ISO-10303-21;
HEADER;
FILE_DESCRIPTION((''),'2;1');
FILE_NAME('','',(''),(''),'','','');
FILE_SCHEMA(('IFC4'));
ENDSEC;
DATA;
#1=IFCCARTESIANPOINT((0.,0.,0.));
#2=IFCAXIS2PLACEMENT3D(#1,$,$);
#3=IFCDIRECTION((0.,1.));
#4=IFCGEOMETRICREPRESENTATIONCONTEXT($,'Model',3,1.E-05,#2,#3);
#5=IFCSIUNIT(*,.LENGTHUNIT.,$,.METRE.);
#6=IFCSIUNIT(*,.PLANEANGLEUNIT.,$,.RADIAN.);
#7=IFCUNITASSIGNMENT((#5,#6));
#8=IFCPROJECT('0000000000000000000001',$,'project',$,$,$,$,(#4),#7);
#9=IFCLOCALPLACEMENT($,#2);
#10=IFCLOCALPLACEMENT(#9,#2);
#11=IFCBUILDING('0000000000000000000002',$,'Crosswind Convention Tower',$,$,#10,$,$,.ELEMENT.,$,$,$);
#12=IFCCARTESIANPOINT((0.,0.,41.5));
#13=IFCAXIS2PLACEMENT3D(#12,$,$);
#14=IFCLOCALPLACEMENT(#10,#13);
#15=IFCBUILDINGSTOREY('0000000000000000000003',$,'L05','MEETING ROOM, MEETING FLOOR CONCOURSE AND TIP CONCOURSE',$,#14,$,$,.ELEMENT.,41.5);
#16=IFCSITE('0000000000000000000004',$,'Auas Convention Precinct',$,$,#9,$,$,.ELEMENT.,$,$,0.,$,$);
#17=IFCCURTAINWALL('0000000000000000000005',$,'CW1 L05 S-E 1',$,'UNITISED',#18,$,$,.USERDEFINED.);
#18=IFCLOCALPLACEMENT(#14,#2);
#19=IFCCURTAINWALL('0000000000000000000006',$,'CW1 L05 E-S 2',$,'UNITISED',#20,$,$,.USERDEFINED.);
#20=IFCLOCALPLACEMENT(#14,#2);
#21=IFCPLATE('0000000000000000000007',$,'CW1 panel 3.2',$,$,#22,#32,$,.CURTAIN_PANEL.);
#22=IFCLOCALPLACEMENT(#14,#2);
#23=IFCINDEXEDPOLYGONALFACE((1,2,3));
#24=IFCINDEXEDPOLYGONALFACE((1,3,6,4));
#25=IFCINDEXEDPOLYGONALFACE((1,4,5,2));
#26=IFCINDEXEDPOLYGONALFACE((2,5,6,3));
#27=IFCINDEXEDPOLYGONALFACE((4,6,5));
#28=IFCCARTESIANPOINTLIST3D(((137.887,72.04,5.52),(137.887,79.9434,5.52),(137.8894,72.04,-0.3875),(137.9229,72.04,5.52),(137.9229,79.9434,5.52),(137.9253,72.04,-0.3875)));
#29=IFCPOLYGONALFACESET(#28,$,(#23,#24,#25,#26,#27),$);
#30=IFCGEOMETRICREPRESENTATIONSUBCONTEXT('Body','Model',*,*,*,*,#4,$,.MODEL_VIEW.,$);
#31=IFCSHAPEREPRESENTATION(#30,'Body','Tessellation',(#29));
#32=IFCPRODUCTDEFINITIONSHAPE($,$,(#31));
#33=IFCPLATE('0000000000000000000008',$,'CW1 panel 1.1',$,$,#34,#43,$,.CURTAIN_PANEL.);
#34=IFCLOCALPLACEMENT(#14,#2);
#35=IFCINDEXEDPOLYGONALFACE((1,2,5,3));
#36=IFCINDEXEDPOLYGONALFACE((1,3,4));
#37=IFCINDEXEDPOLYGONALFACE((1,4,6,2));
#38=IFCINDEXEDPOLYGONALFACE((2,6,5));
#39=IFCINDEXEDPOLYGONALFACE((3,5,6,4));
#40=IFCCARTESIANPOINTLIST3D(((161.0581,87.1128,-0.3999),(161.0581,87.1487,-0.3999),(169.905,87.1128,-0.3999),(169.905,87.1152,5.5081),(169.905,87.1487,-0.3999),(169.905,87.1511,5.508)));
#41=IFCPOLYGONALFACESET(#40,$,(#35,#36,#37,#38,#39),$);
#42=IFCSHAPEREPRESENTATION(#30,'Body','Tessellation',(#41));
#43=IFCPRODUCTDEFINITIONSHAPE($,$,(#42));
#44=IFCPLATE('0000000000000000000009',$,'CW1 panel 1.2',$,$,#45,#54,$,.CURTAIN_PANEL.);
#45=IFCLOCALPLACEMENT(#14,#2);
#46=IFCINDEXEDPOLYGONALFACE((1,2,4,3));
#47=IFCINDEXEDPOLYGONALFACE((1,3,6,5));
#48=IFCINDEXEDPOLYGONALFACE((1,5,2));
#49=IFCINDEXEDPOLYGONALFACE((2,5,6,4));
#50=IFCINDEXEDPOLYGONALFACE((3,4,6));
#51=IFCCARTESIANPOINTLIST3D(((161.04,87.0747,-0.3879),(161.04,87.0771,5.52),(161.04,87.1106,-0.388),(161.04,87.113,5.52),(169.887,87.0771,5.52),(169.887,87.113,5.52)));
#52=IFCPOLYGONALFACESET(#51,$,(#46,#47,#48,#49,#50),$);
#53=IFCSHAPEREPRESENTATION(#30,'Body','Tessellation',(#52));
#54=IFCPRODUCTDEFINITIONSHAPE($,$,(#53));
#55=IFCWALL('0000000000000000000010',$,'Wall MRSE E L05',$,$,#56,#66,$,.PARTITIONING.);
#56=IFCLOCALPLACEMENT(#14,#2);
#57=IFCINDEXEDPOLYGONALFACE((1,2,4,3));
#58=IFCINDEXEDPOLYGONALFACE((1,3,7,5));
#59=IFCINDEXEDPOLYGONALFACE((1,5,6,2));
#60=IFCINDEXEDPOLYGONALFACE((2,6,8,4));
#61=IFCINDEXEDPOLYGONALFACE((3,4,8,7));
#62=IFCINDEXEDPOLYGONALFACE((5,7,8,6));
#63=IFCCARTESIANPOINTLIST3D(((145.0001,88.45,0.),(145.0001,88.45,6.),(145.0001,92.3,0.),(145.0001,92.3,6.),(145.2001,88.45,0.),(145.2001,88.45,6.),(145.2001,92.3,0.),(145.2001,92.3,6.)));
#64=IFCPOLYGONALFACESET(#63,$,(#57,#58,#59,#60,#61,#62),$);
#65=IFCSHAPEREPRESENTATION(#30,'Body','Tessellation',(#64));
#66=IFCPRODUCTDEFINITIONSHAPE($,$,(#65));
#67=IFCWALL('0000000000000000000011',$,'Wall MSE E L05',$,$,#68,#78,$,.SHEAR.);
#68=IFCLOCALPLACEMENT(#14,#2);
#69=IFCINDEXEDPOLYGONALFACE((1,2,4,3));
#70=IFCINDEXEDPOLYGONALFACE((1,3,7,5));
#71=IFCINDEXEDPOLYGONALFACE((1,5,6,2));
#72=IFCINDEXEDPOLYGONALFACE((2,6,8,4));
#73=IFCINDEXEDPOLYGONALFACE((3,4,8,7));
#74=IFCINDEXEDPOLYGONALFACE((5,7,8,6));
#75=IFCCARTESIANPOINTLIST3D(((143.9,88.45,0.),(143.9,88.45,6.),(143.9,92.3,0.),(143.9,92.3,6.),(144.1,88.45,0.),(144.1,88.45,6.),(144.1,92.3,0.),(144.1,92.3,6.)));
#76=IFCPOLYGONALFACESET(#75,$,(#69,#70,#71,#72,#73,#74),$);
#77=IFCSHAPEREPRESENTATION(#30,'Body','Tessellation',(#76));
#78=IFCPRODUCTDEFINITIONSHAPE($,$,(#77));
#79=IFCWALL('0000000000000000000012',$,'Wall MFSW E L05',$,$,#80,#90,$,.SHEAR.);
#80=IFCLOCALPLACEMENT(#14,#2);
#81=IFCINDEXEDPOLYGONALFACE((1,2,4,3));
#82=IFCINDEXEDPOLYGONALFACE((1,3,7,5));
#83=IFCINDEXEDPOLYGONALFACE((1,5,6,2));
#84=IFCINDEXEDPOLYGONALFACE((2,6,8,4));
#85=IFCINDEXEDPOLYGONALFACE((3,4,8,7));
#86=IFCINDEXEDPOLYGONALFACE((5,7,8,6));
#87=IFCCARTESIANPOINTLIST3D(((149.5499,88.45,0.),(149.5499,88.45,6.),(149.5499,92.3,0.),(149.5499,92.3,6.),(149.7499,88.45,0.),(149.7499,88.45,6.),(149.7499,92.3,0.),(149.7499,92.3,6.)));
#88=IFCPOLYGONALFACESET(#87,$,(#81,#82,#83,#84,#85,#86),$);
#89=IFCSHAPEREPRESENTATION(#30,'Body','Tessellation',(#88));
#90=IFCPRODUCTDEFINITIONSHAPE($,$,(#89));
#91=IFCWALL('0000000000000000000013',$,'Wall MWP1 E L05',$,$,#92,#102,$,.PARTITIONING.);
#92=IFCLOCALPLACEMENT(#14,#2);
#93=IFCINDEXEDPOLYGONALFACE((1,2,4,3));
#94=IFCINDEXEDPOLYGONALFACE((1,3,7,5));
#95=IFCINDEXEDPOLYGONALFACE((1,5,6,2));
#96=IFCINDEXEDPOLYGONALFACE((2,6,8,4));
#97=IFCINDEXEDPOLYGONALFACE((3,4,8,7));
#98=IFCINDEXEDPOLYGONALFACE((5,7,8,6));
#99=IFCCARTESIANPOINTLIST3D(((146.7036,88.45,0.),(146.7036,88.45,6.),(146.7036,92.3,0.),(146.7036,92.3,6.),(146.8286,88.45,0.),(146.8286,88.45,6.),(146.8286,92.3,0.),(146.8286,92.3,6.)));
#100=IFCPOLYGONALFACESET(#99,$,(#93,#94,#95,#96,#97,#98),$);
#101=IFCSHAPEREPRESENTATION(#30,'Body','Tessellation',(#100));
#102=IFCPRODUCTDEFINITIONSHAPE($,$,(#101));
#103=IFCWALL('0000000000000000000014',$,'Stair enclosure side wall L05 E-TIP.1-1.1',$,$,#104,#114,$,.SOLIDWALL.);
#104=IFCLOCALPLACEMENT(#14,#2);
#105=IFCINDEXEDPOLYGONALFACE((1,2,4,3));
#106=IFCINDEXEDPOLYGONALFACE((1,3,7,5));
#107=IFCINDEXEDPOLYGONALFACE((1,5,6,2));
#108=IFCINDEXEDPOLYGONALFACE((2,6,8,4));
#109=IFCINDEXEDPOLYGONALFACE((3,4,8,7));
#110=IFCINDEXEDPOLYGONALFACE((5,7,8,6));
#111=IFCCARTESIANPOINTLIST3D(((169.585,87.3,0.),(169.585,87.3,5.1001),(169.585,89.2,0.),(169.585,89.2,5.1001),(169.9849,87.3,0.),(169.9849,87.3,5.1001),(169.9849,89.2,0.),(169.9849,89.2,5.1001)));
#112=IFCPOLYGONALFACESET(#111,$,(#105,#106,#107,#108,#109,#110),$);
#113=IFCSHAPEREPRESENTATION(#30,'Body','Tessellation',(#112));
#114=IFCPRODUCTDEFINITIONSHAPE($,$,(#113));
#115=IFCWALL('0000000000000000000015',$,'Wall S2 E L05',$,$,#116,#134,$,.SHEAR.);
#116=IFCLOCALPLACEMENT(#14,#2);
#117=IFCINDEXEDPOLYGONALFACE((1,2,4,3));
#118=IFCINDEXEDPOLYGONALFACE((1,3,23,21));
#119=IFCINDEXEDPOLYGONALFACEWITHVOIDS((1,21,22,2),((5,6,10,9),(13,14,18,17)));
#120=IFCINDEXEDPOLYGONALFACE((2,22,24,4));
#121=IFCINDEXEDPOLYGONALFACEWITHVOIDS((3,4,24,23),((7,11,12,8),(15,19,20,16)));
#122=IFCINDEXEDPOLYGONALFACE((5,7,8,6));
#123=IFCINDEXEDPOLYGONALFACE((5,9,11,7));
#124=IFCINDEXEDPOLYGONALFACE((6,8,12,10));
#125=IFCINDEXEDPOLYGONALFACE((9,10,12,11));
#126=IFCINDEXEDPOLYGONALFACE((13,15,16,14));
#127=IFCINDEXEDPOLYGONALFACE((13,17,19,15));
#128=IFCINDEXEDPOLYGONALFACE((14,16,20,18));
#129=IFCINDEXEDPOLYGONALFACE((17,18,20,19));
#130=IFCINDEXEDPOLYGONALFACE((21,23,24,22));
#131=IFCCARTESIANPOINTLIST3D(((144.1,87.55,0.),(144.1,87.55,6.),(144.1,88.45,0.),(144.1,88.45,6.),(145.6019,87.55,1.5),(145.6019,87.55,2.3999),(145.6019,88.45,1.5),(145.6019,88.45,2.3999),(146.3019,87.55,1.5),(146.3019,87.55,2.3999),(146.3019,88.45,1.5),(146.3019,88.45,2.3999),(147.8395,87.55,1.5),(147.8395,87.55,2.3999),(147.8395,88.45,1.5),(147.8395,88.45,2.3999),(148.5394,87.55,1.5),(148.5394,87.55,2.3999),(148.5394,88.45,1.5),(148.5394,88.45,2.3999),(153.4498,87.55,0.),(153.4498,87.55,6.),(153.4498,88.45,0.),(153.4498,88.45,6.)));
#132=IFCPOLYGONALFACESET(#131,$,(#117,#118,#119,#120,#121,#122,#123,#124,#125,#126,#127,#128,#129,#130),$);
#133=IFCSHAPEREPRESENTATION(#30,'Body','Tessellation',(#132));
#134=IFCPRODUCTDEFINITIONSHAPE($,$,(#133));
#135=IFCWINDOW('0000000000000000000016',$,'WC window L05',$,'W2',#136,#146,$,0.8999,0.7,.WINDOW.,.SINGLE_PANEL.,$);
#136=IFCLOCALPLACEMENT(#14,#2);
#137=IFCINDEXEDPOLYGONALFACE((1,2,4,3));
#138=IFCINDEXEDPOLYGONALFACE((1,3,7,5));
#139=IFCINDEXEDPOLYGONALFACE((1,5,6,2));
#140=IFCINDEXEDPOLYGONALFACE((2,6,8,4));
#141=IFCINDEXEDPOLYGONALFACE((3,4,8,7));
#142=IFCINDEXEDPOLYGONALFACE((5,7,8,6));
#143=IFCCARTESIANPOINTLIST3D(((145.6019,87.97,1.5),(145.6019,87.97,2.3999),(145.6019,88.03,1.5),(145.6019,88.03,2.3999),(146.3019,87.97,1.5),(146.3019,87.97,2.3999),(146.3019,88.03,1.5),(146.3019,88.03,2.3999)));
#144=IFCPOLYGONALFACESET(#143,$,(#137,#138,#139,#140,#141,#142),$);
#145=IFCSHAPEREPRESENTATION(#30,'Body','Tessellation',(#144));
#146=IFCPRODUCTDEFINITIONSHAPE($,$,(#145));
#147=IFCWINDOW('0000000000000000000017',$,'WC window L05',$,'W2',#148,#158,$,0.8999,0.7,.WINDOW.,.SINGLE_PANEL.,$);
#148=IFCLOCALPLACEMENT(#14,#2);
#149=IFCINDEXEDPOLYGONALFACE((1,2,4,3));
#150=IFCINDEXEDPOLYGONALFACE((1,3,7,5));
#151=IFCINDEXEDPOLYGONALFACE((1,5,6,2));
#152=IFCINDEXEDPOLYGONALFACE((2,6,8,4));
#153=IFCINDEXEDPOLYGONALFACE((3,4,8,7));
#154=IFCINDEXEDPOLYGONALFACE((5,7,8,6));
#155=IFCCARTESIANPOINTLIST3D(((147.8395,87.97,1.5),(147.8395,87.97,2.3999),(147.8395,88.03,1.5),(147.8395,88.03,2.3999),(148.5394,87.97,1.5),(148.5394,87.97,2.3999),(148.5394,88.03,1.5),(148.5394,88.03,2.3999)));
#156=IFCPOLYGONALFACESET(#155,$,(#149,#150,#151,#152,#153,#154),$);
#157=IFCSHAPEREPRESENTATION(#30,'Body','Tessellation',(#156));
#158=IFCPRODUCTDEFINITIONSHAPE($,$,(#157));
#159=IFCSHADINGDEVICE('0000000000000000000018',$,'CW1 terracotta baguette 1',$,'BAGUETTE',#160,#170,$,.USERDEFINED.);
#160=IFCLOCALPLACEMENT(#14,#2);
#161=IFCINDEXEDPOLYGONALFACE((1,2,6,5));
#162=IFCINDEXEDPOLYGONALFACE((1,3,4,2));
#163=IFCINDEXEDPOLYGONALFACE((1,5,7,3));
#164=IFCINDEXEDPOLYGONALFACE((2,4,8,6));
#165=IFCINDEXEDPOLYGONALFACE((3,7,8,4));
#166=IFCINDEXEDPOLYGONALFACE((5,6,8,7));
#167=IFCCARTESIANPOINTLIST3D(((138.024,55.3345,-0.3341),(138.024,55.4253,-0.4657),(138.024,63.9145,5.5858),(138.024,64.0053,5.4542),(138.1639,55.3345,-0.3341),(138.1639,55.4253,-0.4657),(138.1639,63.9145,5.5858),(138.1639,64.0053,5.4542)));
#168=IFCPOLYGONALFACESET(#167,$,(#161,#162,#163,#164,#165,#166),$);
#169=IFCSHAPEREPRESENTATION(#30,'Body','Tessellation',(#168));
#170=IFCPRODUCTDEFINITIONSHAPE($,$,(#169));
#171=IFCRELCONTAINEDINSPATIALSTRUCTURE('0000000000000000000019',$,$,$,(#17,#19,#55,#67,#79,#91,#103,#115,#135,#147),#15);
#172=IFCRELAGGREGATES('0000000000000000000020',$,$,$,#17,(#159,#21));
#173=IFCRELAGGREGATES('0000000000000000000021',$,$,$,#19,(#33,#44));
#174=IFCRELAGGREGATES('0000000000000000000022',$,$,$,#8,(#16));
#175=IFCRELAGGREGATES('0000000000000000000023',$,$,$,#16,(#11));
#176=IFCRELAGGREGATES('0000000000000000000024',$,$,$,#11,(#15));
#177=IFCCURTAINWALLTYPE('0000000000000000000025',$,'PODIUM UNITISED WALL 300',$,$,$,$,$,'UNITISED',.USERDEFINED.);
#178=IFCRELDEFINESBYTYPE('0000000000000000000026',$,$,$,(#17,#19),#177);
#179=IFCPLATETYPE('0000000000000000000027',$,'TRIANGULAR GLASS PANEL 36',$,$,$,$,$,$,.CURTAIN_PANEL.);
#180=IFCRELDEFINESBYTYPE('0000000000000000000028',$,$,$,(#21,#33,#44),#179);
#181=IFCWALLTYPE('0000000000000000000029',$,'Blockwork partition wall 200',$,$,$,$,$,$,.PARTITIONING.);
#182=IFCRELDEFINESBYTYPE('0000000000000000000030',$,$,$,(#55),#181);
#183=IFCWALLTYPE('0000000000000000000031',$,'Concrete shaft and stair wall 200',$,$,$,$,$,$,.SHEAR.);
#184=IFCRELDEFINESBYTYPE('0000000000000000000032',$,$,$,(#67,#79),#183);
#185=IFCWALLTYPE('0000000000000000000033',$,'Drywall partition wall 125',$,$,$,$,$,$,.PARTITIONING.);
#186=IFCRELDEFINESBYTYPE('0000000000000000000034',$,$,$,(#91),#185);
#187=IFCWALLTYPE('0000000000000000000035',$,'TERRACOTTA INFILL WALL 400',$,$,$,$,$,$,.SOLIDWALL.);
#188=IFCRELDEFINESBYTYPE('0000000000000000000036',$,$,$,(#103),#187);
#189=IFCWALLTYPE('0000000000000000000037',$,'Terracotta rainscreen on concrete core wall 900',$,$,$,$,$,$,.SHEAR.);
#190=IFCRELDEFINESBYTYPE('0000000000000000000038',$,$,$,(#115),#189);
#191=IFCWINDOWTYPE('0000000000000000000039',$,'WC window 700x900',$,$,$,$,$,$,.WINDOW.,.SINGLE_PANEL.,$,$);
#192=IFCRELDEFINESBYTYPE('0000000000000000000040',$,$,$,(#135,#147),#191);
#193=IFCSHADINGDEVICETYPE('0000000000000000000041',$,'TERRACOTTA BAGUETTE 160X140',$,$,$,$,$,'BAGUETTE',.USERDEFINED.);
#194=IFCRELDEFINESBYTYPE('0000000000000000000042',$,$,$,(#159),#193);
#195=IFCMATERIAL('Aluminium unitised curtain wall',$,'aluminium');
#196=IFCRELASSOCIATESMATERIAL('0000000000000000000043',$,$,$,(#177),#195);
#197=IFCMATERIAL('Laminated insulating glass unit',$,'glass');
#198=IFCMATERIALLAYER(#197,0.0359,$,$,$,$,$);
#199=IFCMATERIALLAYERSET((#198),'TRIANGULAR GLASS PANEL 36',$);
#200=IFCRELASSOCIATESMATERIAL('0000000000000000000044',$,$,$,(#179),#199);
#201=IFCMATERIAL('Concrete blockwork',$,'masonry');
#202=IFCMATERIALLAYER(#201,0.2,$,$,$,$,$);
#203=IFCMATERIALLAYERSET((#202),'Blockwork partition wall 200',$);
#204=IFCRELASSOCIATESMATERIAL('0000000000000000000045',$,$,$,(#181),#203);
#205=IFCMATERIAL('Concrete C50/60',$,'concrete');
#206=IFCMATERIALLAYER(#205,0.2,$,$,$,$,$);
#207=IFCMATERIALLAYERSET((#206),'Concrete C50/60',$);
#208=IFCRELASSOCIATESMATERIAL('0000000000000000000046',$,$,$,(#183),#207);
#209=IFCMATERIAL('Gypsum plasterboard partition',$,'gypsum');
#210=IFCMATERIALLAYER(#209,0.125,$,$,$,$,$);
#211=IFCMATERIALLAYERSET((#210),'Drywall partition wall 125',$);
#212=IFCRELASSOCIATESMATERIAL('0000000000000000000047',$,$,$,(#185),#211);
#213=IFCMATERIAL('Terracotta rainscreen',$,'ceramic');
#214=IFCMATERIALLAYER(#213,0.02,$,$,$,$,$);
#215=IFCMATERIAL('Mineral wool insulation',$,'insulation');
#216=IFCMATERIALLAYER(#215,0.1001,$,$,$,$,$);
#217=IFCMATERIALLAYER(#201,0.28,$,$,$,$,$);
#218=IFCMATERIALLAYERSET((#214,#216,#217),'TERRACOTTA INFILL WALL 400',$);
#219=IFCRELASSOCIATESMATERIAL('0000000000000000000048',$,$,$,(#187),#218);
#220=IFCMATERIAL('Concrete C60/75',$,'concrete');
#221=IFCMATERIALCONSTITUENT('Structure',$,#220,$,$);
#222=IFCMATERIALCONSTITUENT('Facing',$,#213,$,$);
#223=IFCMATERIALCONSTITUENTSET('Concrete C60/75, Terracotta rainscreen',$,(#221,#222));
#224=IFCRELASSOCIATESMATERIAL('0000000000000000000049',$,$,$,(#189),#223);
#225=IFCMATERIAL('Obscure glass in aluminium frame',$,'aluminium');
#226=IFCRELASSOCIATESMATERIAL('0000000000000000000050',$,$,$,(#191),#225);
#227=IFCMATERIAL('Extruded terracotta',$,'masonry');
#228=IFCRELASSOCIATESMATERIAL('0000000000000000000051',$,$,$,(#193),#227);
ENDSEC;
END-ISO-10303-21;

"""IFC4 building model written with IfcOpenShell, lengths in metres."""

from ifc_helpers import new_model, si_unit, direction, frame, frame_2d, origin, origin_2d, place, context, subcontext, project, spatial, polyline, rectangle, outline, extrude, material, layer, layer_set, constituent, constituent_set, material_profile, profile_set, type_object, element, fill, aggregate, save


model = new_model("IFC4")

# Units and contexts
model_context = context("Model", 3, precision=1e-05, world=origin(), true_north=direction((0.0, 1.0)))
body_context = subcontext(model_context, "Body", "Model", "MODEL_VIEW")
ifc_project = project(units=[si_unit("LENGTHUNIT", "METRE"), si_unit("PLANEANGLEUNIT", "RADIAN")], contexts=[model_context])

# Site, building, storey
site_placement = place(None, origin())
site = spatial("IfcSite", under=ifc_project, at=site_placement, Name="Auas Convention Precinct", CompositionType="ELEMENT", RefElevation=0.0)
building_placement = place(site_placement, origin())
building = spatial("IfcBuilding", under=site, at=building_placement, Name="Crosswind Convention Tower", CompositionType="ELEMENT")
storey_placement = place(building_placement, frame((0.0, 0.0, 41.5)))
storey = spatial("IfcBuildingStorey", under=building, at=storey_placement, Name="L05", Description="MEETING ROOM, MEETING FLOOR CONCOURSE AND TIP CONCOURSE", CompositionType="ELEMENT", Elevation=41.5)

# Shared definitions
ifc_material_1 = material(Name="Concrete C60/75", Category="concrete")

# Curtain walls
ifc_material_2 = material(Name="Aluminium unitised curtain wall", Category="aluminium")
curtain_wall_type_1 = type_object("IfcCurtainWallType", Name="PODIUM UNITISED WALL 300", ElementType="UNITISED", PredefinedType="USERDEFINED", material=ifc_material_2)
curtain_wall_1_placement = place(storey_placement, origin())
curtain_wall_1 = element("IfcCurtainWall", 1, at=curtain_wall_1_placement, inside=storey, type_object=curtain_wall_type_1, Name="CW1 L05 S-E 1", ObjectType="UNITISED", PredefinedType="USERDEFINED")
curtain_wall_2_placement = place(storey_placement, origin())
curtain_wall_2 = element("IfcCurtainWall", 2, at=curtain_wall_2_placement, inside=storey, type_object=curtain_wall_type_1, Name="CW1 L05 E-S 2", ObjectType="UNITISED", PredefinedType="USERDEFINED")

# Plates
ifc_material_3 = material(Name="Laminated insulating glass unit", Category="glass")
ifc_layer_1 = layer(ifc_material_3, 0.0359)
ifc_layer_set_1 = layer_set([ifc_layer_1], Name="TRIANGULAR GLASS PANEL 36")
plate_type_1 = type_object("IfcPlateType", Name="TRIANGULAR GLASS PANEL 36", PredefinedType="CURTAIN_PANEL", material=ifc_layer_set_1)
plate_1_placement = place(storey_placement, frame((137.9229, 72.04, 5.52), z_axis=(1.0, 0.0, 0.000413), x_axis=(0.000413, 0.0, -1.0)))
plate_1 = element("IfcPlate", 3, at=plate_1_placement, type_object=plate_type_1, Name="CW1 panel 3.2", PredefinedType="CURTAIN_PANEL", context=body_context, shape_type="SweptSolid", body=[
    extrude(outline(polyline([(0.0, 0.0), (5.9075, 0.0), (0.0, 7.9033), (0.0, 0.0)])), origin(), (0.0, 0.0, -1.0), 0.0359),
])
plate_2_placement = place(storey_placement, frame((169.905, 87.1128, -0.3999), z_axis=(0.0, -1.0, 0.000413), x_axis=(0.0, 0.000413, 1.0)))
plate_2 = element("IfcPlate", 4, at=plate_2_placement, type_object=plate_type_1, Name="CW1 panel 1.1", PredefinedType="CURTAIN_PANEL", context=body_context, shape_type="SweptSolid", body=[
    extrude(outline(polyline([(0.0, 0.0), (5.908, 0.0), (0.0, 8.8469), (0.0, 0.0)])), origin(), (0.0, 0.0, -1.0), 0.0359),
])
plate_3_placement = place(storey_placement, frame((161.04, 87.0771, 5.52), z_axis=(0.0, -1.0, 0.000413), x_axis=(0.0, -0.000413, -1.0)))
plate_3 = element("IfcPlate", 5, at=plate_3_placement, type_object=plate_type_1, Name="CW1 panel 1.2", PredefinedType="CURTAIN_PANEL", context=body_context, shape_type="SweptSolid", body=[
    extrude(outline(polyline([(0.0, 0.0), (5.908, 0.0), (0.0, 8.8469), (0.0, 0.0)])), origin(), (0.0, 0.0, -1.0), 0.0359),
])

# Walls
ifc_material_4 = material(Name="Concrete blockwork", Category="masonry")
ifc_layer_2 = layer(ifc_material_4, 0.2)
ifc_layer_set_2 = layer_set([ifc_layer_2], Name="Blockwork partition wall 200")
wall_type_1 = type_object("IfcWallType", Name="Blockwork partition wall 200", PredefinedType="PARTITIONING", material=ifc_layer_set_2)
wall_1_placement = place(storey_placement, frame((145.1001, 88.45, 0.0), z_axis=(0.0, 0.0, 1.0), x_axis=(0.0, 1.0, 0.0)))
element("IfcWall", 6, at=wall_1_placement, inside=storey, type_object=wall_type_1, Name="Wall MRSE E L05", PredefinedType="PARTITIONING", context=body_context, shape_type="SweptSolid", body=[
    extrude(rectangle(XDim=3.8501, YDim=0.2, at=frame_2d((1.925, 0.0))), origin(), (0.0, 0.0, 1.0), 6.0),
])
ifc_material_5 = material(Name="Concrete C50/60", Category="concrete")
ifc_layer_3 = layer(ifc_material_5, 0.2)
ifc_layer_set_3 = layer_set([ifc_layer_3], Name="Concrete C50/60")
wall_type_2 = type_object("IfcWallType", Name="Concrete shaft and stair wall 200", PredefinedType="SHEAR", material=ifc_layer_set_3)
for number, where, z_axis, x_axis, name in (
    (7, (144.0, 88.45, 0.0), (0.0, 0.0, 1.0), (0.0, 1.0, 0.0), "Wall MSE E L05"),
    (8, (149.6499, 88.45, 0.0), (0.0, 0.0, 1.0), (0.0, 1.0, 0.0), "Wall MFSW E L05"),
):
    element("IfcWall", number, at=place(storey_placement, frame(where, z_axis=z_axis, x_axis=x_axis)), inside=storey, type_object=wall_type_2, Name=name, PredefinedType="SHEAR", context=body_context, shape_type="SweptSolid", body=[
        extrude(rectangle(XDim=3.8501, YDim=0.2, at=frame_2d((1.925, 0.0))), origin(), (0.0, 0.0, 1.0), 6.0),
    ])
ifc_material_6 = material(Name="Gypsum plasterboard partition", Category="gypsum")
ifc_layer_4 = layer(ifc_material_6, 0.125)
ifc_layer_set_4 = layer_set([ifc_layer_4], Name="Drywall partition wall 125")
wall_type_3 = type_object("IfcWallType", Name="Drywall partition wall 125", PredefinedType="PARTITIONING", material=ifc_layer_set_4)
wall_2_placement = place(storey_placement, frame((146.7661, 88.45, 0.0), z_axis=(0.0, 0.0, 1.0), x_axis=(0.0, 1.0, 0.0)))
element("IfcWall", 9, at=wall_2_placement, inside=storey, type_object=wall_type_3, Name="Wall MWP1 E L05", PredefinedType="PARTITIONING", context=body_context, shape_type="SweptSolid", body=[
    extrude(rectangle(XDim=3.8501, YDim=0.125, at=frame_2d((1.925, 0.0))), origin(), (0.0, 0.0, 1.0), 6.0),
])
ifc_material_7 = material(Name="Terracotta rainscreen", Category="ceramic")
ifc_layer_5 = layer(ifc_material_7, 0.02)
ifc_material_8 = material(Name="Mineral wool insulation", Category="insulation")
ifc_layer_6 = layer(ifc_material_8, 0.1001)
ifc_layer_7 = layer(ifc_material_4, 0.28)
ifc_layer_set_5 = layer_set([ifc_layer_5, ifc_layer_6, ifc_layer_7], Name="TERRACOTTA INFILL WALL 400")
wall_type_4 = type_object("IfcWallType", Name="TERRACOTTA INFILL WALL 400", PredefinedType="SOLIDWALL", material=ifc_layer_set_5)
wall_3_placement = place(storey_placement, frame((169.7849, 87.3, 0.0), z_axis=(0.0, 0.0, 1.0), x_axis=(0.0, 1.0, 0.0)))
element("IfcWall", 10, at=wall_3_placement, inside=storey, type_object=wall_type_4, Name="Stair enclosure side wall L05 E-TIP.1-1.1", PredefinedType="SOLIDWALL", context=body_context, shape_type="SweptSolid", body=[
    extrude(rectangle(XDim=1.8999, YDim=0.3999, at=frame_2d((0.95, 0.0))), origin(), (0.0, 0.0, 1.0), 5.1001),
])

# Wall, openings, windows
ifc_constituent_1 = constituent(ifc_material_1, Name="Structure")
ifc_constituent_2 = constituent(ifc_material_7, Name="Facing")
ifc_constituent_set = constituent_set(constituents=[ifc_constituent_1, ifc_constituent_2], Name="Concrete C60/75, Terracotta rainscreen")
wall_type_5 = type_object("IfcWallType", Name="Terracotta rainscreen on concrete core wall 900", PredefinedType="SHEAR", material=ifc_constituent_set)
wall_4_placement = place(storey_placement, frame((144.1001, 88.0, 0.0), z_axis=(0.0, 0.0, 1.0), x_axis=(1.0, 0.0, 0.0)))
wall_4 = element("IfcWall", 11, at=wall_4_placement, inside=storey, type_object=wall_type_5, Name="Wall S2 E L05", PredefinedType="SHEAR", context=body_context, shape_type="SweptSolid", body=[
    extrude(rectangle(XDim=9.3499, YDim=0.8999, at=frame_2d((4.6748, 0.0))), origin(), (0.0, 0.0, 1.0), 6.0),
])
opening_1_placement = place(wall_4_placement, frame((1.5017, 0.0, 1.5)))
opening_1 = element("IfcOpeningElement", 12, at=opening_1_placement, cuts=wall_4, PredefinedType="OPENING", context=body_context, shape_type="SweptSolid", body=[
    extrude(rectangle(XDim=0.7, YDim=0.8999, at=frame_2d((0.3501, 0.45))), frame((0.0, 0.46, 0.0), z_axis=(0.0, -1.0, 0.0), x_axis=(1.0, 0.0, 0.0)), (0.0, 0.0, 1.0), 0.9199),
])
opening_2_placement = place(wall_4_placement, frame((3.7393, 0.0, 1.5)))
opening_2 = element("IfcOpeningElement", 13, at=opening_2_placement, cuts=wall_4, PredefinedType="OPENING", context=body_context, shape_type="SweptSolid", body=[
    extrude(rectangle(XDim=0.7, YDim=0.8999, at=frame_2d((0.3501, 0.45))), frame((0.0, 0.46, 0.0), z_axis=(0.0, -1.0, 0.0), x_axis=(1.0, 0.0, 0.0)), (0.0, 0.0, 1.0), 0.9199),
])
ifc_material_9 = material(Name="Obscure glass in aluminium frame", Category="aluminium")
window_type = type_object("IfcWindowType", Name="WC window 700x900", PartitioningType="SINGLE_PANEL", PredefinedType="WINDOW", material=ifc_material_9)
window_1_placement = place(opening_1_placement, origin())
window_1 = element("IfcWindow", 14, at=window_1_placement, inside=storey, type_object=window_type, Name="WC window L05", ObjectType="W2", OverallHeight=0.8999, OverallWidth=0.7, PartitioningType="SINGLE_PANEL", PredefinedType="WINDOW", context=body_context, shape_type="SweptSolid", body=[
    extrude(rectangle(XDim=0.7, YDim=0.8999, at=frame_2d((0.3501, 0.45))), frame((0.0, 0.03, 0.0), z_axis=(0.0, -1.0, 0.0), x_axis=(1.0, 0.0, 0.0)), (0.0, 0.0, 1.0), 0.0601),
])
fill(opening_1, window_1)
window_2_placement = place(opening_2_placement, origin())
window_2 = element("IfcWindow", 15, at=window_2_placement, inside=storey, type_object=window_type, Name="WC window L05", ObjectType="W2", OverallHeight=0.8999, OverallWidth=0.7, PartitioningType="SINGLE_PANEL", PredefinedType="WINDOW", context=body_context, shape_type="SweptSolid", body=[
    extrude(rectangle(XDim=0.7, YDim=0.8999, at=frame_2d((0.3501, 0.45))), frame((0.0, 0.03, 0.0), z_axis=(0.0, -1.0, 0.0), x_axis=(1.0, 0.0, 0.0)), (0.0, 0.0, 1.0), 0.0601),
])
fill(opening_2, window_2)

# Shading device
ifc_material_10 = material(Name="Extruded terracotta", Category="masonry")
ifc_material_profile_1 = material_profile(ifc_material_10, rectangle(XDim=0.1399, YDim=0.1599, at=origin_2d()), Name="TC 140X160")
ifc_profile_set_1 = profile_set([ifc_material_profile_1], Name="Extruded terracotta")
shading_device_type = type_object("IfcShadingDeviceType", Name="TERRACOTTA BAGUETTE 160X140", ElementType="BAGUETTE", PredefinedType="USERDEFINED", material=ifc_profile_set_1)
shading_device_1_placement = place(storey_placement, frame((138.094, 55.3799, -0.3999), z_axis=(0.0, 0.823095, 0.567904), x_axis=(-1.0, 0.0, 0.0)))
shading_device_1 = element("IfcShadingDevice", 16, at=shading_device_1_placement, type_object=shading_device_type, Name="CW1 terracotta baguette 1", ObjectType="BAGUETTE", PredefinedType="USERDEFINED", context=body_context, shape_type="SweptSolid", body=[
    extrude(rectangle(XDim=0.1399, YDim=0.1599, at=origin_2d()), origin(), (0.0, 0.0, 1.0), 10.4241),
])
aggregate(curtain_wall_1, [shading_device_1, plate_1])
aggregate(curtain_wall_2, [plate_2, plate_3])

save(model, "model.ifc")
